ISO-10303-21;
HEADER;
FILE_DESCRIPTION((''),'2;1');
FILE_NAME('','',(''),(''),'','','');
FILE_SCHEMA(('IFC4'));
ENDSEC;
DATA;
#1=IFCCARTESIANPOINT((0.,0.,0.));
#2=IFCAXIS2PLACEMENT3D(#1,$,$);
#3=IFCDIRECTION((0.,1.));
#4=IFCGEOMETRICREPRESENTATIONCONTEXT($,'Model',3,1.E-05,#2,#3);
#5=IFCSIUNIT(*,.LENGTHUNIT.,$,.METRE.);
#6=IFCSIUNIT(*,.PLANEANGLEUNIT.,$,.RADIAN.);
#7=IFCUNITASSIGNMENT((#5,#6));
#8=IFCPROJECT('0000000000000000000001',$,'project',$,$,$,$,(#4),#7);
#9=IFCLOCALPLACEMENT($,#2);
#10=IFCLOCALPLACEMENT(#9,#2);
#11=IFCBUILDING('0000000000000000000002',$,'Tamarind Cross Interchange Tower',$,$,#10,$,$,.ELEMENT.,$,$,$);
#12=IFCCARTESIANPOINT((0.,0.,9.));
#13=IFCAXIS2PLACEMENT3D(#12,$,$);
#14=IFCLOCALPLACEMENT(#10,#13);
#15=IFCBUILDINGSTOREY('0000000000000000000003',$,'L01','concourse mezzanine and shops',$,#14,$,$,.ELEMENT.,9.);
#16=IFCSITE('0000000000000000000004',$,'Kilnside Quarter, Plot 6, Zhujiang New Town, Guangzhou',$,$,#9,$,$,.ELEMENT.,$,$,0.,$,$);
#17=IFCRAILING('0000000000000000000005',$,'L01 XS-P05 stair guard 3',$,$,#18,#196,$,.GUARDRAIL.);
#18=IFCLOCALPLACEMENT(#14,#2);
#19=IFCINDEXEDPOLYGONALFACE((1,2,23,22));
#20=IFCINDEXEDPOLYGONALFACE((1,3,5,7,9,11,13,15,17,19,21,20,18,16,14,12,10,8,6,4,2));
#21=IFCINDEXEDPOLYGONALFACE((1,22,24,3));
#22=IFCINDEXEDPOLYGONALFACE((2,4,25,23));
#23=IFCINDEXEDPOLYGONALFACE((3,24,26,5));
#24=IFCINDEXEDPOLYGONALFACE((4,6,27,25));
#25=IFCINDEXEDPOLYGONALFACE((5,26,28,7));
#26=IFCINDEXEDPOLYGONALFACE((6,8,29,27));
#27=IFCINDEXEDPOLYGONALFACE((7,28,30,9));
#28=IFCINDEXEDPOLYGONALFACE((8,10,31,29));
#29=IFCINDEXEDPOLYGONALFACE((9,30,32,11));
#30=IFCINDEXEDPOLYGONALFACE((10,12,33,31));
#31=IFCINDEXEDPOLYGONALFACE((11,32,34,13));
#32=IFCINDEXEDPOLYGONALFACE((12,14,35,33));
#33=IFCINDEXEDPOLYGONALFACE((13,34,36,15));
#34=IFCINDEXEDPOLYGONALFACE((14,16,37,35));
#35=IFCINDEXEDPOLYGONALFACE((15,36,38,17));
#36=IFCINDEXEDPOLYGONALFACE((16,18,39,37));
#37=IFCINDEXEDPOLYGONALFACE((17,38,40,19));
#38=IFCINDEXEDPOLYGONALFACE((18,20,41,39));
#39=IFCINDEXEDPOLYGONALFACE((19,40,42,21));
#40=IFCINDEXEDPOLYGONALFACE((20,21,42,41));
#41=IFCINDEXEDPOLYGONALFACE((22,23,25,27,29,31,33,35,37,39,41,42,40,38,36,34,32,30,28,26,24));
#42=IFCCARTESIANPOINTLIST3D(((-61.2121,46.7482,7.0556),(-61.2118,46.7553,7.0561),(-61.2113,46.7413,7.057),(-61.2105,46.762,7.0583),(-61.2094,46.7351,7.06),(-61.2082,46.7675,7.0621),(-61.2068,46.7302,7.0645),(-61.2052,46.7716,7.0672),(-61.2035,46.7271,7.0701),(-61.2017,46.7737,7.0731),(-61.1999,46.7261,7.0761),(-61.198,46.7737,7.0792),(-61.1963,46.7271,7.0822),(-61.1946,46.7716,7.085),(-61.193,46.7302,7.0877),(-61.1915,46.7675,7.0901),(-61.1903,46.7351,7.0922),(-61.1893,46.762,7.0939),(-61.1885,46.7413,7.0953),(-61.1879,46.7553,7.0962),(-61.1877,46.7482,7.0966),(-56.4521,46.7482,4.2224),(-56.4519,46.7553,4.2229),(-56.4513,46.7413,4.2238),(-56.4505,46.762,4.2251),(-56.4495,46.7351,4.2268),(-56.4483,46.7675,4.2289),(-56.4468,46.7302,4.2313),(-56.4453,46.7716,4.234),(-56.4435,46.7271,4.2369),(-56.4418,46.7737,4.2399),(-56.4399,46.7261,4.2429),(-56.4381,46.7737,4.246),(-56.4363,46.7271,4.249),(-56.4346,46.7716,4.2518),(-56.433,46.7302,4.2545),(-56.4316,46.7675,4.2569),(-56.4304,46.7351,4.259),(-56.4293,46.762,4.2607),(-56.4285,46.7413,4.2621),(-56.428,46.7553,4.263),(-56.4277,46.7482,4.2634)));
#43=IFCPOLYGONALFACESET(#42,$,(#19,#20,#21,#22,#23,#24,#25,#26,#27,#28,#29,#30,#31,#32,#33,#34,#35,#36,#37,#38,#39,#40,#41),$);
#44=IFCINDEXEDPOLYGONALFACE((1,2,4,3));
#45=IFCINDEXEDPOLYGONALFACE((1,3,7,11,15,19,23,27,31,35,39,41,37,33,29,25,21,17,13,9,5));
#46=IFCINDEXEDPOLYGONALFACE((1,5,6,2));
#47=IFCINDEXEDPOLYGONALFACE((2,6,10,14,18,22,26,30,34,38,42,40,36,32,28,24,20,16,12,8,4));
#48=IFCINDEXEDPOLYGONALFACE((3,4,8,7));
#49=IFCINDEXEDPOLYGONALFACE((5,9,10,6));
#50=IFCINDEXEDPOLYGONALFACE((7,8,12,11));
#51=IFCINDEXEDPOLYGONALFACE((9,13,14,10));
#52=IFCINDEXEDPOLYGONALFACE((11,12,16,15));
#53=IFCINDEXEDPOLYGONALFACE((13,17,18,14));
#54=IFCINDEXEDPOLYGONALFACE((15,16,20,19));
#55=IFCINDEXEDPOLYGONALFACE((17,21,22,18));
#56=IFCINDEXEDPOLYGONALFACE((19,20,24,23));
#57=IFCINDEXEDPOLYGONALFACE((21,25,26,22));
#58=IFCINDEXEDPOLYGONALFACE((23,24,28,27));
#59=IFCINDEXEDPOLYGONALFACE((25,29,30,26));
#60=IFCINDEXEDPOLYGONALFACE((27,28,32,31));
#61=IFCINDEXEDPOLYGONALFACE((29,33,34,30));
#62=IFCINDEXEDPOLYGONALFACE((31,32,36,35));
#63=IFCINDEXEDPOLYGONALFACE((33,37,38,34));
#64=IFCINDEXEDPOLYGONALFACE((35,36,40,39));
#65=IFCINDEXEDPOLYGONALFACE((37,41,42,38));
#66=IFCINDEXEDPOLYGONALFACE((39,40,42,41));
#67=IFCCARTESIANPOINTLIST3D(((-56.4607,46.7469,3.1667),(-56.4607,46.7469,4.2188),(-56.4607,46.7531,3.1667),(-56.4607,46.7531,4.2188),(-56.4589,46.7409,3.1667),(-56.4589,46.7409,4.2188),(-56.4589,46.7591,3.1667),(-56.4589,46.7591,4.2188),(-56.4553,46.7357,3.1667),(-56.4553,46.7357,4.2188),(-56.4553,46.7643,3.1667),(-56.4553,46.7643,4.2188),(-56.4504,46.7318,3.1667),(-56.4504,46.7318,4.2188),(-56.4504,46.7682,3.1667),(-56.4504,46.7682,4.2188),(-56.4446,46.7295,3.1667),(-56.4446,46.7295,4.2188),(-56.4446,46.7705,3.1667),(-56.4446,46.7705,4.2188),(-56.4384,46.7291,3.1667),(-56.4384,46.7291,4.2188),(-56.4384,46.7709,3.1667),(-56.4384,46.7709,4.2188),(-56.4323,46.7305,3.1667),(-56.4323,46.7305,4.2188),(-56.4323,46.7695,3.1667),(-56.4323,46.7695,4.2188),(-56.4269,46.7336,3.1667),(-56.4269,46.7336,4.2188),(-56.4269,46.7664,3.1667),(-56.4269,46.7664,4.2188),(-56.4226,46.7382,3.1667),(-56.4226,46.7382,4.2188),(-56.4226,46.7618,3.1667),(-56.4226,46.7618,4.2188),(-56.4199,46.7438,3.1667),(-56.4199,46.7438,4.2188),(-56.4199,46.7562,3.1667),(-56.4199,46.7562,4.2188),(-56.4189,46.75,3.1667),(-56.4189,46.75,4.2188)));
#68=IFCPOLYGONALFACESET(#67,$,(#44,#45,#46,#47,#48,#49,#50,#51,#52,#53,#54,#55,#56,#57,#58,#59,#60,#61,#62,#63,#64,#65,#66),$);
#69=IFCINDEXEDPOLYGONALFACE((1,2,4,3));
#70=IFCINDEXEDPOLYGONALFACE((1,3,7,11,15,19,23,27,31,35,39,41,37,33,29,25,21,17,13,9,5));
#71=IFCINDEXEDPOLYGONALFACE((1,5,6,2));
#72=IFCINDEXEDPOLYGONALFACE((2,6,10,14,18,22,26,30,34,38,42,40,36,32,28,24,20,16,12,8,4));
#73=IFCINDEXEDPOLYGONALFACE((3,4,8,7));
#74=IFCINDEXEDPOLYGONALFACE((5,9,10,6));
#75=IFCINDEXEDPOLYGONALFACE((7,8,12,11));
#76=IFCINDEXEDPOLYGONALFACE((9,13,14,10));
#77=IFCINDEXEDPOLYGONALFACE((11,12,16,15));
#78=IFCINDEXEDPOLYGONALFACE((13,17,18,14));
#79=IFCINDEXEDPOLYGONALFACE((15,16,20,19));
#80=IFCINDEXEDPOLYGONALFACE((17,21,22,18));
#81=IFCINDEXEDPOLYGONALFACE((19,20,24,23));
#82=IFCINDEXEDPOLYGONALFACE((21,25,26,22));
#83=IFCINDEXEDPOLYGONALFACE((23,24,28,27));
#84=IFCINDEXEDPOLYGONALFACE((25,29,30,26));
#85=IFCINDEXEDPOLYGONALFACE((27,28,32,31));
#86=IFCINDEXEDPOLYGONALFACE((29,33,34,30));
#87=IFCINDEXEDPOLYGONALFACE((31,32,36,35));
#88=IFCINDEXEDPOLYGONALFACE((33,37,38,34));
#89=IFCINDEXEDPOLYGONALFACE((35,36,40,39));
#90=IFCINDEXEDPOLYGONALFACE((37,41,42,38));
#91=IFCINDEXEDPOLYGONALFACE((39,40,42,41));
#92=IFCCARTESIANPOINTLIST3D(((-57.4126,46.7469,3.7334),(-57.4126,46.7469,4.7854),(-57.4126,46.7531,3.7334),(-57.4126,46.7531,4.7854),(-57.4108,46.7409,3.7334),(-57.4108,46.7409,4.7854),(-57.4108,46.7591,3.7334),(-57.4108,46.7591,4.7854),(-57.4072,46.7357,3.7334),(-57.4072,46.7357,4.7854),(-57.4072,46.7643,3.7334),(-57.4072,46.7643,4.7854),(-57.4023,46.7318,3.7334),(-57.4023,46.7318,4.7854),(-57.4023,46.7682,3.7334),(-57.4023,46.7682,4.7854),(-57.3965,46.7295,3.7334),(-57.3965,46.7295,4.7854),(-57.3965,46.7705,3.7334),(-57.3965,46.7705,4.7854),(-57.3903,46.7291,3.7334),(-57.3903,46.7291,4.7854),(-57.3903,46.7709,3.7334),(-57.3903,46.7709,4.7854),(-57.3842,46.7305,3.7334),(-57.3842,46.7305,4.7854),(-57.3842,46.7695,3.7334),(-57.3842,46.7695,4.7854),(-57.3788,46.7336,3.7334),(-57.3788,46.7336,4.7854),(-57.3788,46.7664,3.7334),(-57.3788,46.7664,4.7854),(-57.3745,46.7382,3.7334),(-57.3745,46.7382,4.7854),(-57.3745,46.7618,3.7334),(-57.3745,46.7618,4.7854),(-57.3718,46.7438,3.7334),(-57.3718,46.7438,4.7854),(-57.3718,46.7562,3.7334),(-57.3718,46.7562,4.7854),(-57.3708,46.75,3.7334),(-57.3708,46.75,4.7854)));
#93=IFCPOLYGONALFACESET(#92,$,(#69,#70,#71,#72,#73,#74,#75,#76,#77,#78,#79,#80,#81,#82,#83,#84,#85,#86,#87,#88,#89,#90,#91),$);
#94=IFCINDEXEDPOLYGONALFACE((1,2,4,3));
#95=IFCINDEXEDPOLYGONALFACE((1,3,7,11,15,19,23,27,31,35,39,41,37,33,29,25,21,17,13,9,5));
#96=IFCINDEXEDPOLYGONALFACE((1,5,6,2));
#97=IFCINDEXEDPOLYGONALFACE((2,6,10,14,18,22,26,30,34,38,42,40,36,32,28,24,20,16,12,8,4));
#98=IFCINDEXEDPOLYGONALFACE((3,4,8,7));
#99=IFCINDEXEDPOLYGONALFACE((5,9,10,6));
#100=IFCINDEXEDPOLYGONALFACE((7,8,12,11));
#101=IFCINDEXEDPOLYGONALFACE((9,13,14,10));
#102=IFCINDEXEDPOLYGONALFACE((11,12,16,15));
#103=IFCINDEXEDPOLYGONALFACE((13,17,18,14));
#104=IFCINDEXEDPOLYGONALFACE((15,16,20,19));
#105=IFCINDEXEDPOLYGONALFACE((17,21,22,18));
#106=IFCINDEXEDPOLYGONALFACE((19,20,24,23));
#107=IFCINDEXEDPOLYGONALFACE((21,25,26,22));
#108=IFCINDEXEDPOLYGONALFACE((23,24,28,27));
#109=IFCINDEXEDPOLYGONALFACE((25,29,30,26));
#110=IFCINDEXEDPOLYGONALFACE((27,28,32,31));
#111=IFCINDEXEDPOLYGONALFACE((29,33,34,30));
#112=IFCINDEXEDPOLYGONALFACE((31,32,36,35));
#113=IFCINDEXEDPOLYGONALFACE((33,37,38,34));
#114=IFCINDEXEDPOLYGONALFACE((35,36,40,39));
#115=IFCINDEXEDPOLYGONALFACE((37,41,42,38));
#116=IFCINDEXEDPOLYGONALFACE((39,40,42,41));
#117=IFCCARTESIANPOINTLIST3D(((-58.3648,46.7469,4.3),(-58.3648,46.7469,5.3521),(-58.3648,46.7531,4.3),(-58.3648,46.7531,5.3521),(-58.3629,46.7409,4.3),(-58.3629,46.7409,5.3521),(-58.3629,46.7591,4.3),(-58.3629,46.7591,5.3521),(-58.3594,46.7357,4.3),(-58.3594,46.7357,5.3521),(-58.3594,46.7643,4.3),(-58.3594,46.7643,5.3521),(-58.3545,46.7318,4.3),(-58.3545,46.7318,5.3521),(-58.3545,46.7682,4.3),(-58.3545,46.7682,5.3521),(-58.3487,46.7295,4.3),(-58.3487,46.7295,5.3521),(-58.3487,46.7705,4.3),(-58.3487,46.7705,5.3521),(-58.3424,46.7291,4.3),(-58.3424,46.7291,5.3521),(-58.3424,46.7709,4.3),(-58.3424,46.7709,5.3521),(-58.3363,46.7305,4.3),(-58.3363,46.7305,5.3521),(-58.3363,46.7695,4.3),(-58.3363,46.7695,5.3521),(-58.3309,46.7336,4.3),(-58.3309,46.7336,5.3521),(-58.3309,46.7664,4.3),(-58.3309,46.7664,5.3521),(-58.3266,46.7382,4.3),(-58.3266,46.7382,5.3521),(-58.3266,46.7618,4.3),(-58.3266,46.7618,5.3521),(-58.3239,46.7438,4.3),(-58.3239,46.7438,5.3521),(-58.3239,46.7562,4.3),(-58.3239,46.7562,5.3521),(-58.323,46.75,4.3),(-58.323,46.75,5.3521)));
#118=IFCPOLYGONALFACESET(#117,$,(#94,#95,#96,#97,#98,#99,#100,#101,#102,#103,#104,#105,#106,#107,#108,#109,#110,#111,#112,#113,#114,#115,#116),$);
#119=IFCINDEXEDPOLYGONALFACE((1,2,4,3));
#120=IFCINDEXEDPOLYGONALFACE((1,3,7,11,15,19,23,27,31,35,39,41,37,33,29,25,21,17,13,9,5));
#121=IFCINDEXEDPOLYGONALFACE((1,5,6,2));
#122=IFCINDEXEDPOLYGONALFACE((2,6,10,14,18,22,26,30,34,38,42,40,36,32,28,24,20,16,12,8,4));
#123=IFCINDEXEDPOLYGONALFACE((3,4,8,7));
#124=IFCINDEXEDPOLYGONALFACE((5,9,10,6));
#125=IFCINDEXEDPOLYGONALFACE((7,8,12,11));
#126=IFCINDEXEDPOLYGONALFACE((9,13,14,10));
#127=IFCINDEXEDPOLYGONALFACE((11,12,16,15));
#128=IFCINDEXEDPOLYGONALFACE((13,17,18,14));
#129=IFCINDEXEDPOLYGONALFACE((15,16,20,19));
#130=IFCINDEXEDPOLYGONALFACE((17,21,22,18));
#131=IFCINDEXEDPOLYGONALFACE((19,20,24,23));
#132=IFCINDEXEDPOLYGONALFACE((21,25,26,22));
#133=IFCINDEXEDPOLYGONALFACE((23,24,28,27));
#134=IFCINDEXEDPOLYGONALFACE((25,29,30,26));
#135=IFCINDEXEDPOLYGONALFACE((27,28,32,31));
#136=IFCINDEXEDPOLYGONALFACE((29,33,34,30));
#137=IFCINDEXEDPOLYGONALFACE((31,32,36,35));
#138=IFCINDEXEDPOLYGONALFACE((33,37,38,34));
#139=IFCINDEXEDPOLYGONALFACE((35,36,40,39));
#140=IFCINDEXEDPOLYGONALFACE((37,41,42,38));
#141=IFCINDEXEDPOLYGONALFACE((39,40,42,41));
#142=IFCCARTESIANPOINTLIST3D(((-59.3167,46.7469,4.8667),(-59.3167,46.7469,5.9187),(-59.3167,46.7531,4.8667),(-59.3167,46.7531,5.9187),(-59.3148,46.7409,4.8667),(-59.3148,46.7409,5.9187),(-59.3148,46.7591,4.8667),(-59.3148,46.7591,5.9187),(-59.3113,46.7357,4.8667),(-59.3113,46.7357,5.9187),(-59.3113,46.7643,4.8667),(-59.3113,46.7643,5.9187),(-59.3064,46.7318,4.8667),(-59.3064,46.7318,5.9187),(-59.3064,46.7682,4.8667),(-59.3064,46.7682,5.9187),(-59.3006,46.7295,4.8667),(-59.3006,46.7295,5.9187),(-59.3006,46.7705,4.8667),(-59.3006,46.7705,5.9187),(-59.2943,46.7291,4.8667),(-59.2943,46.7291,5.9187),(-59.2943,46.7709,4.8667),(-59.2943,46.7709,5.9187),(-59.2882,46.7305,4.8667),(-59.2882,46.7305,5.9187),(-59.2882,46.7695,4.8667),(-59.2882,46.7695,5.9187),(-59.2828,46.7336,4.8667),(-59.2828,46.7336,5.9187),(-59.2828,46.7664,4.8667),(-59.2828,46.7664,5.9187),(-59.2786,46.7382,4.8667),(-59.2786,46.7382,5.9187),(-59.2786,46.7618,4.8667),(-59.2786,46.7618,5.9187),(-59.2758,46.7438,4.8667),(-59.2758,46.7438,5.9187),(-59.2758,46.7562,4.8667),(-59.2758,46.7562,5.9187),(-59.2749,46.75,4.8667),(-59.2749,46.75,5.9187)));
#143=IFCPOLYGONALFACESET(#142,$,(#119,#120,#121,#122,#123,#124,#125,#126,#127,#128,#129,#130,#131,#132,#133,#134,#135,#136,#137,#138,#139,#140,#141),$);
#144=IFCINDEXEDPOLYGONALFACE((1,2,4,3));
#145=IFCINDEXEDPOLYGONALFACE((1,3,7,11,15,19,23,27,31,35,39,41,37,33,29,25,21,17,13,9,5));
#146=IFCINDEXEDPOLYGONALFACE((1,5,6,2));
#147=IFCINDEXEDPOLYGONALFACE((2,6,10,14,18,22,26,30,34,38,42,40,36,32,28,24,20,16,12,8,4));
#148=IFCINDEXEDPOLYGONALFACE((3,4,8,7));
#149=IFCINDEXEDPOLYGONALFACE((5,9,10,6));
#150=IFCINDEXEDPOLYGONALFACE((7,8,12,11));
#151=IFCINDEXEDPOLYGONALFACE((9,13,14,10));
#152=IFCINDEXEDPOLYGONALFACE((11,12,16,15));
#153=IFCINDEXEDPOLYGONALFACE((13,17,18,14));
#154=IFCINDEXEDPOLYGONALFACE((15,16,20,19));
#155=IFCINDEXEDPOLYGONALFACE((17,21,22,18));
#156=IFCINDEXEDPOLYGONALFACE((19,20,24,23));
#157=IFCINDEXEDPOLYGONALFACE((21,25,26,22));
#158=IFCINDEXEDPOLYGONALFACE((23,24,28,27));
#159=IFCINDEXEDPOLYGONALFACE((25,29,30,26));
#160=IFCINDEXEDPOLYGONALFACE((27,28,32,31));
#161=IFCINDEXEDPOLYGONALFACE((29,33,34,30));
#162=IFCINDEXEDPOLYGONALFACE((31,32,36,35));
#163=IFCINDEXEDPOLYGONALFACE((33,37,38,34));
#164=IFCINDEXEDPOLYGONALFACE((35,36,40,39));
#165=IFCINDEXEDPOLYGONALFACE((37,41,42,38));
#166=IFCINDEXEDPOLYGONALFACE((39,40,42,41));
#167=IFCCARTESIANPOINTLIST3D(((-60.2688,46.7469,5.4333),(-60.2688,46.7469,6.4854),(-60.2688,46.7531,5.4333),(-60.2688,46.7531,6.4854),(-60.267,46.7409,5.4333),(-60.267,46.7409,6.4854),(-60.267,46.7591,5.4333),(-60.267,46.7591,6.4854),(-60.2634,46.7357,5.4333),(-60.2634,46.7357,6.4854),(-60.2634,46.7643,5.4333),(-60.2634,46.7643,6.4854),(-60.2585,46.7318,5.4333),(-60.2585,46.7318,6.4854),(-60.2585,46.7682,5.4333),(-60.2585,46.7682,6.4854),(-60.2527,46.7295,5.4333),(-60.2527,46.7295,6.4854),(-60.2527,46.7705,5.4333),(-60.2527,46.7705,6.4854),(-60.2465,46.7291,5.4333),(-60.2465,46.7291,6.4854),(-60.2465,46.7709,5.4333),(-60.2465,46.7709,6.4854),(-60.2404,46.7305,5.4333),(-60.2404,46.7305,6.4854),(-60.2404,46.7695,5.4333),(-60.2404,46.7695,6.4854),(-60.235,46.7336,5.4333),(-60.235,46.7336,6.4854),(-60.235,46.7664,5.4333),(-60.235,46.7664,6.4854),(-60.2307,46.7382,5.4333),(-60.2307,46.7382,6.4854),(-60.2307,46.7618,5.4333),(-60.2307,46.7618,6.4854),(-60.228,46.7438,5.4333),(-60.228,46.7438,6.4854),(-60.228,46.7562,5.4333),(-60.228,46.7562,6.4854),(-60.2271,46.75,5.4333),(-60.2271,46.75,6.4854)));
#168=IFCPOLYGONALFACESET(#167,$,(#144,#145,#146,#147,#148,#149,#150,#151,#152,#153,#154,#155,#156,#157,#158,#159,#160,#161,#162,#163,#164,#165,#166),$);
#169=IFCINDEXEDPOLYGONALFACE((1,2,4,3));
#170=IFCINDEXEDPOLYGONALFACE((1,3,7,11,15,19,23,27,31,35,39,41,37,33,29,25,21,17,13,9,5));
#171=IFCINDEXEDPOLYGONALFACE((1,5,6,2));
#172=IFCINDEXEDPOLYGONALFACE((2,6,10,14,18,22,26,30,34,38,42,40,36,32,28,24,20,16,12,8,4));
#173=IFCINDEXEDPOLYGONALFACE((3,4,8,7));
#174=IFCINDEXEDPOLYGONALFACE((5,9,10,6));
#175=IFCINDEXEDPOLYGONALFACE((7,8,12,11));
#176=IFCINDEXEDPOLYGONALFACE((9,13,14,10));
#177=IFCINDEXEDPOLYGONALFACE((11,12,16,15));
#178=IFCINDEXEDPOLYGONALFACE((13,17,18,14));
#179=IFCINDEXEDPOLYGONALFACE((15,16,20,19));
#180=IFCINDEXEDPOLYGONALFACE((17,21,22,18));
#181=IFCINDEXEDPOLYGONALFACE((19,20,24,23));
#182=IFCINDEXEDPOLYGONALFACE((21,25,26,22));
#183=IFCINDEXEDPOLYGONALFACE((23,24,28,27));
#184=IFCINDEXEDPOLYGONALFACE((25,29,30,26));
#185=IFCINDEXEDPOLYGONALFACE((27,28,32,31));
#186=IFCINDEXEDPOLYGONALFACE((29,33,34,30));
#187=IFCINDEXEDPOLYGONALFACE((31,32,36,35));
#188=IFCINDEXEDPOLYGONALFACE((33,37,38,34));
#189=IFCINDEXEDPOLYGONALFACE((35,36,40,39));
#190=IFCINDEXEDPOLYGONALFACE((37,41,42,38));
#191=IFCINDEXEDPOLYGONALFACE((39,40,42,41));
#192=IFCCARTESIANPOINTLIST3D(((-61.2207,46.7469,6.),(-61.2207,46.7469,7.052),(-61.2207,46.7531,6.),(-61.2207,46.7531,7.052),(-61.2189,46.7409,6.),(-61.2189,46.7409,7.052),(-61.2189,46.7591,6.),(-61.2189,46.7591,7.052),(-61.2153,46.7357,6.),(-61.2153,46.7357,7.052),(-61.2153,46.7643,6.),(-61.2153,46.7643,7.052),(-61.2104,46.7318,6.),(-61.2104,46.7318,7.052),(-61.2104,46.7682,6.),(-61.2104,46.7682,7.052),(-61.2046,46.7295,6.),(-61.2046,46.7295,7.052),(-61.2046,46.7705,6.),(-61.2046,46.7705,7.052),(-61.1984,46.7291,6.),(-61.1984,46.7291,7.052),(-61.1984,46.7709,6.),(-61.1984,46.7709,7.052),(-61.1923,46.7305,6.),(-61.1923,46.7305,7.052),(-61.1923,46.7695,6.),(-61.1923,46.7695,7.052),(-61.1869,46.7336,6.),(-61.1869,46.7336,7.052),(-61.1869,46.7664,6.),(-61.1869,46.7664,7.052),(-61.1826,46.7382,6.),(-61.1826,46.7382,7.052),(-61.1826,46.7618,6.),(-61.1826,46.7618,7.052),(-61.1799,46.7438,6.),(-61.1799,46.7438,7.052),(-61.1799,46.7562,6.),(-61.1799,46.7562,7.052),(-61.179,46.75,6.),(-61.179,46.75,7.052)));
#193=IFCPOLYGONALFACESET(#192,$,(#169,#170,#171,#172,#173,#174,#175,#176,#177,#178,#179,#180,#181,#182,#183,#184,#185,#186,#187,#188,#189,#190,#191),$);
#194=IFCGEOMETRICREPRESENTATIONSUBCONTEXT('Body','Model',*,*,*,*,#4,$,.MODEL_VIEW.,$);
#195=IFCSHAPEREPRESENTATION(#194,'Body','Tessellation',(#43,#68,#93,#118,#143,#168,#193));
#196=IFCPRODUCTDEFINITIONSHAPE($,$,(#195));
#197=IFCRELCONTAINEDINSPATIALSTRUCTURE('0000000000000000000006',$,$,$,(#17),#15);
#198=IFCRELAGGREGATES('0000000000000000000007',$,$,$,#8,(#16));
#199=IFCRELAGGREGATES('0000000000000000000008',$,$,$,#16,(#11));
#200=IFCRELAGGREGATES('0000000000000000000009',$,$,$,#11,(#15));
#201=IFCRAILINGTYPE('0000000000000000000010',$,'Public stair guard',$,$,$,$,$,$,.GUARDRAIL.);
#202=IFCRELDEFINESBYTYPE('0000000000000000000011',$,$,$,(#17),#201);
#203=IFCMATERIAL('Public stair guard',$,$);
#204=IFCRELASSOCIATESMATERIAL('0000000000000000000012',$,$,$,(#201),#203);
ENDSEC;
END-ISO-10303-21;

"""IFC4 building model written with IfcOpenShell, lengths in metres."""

from ifc_helpers import new_model, si_unit, direction, frame, origin, origin_2d, place, context, subcontext, project, spatial, circle, extrude, material, type_object, element, save


model = new_model("IFC4")

# Units and contexts
model_context = context("Model", 3, precision=1e-05, world=origin(), true_north=direction((0.0, 1.0)))
body_context = subcontext(model_context, "Body", "Model", "MODEL_VIEW")
ifc_project = project(units=[si_unit("LENGTHUNIT", "METRE"), si_unit("PLANEANGLEUNIT", "RADIAN")], contexts=[model_context])

# Site, building, storey
site_placement = place(None, origin())
site = spatial("IfcSite", under=ifc_project, at=site_placement, Name="Kilnside Quarter, Plot 6, Zhujiang New Town, Guangzhou", CompositionType="ELEMENT", RefElevation=0.0)
building_placement = place(site_placement, origin())
building = spatial("IfcBuilding", under=site, at=building_placement, Name="Tamarind Cross Interchange Tower", CompositionType="ELEMENT")
storey_placement = place(building_placement, frame((0.0, 0.0, 9.0)))
storey = spatial("IfcBuildingStorey", under=building, at=storey_placement, Name="L01", Description="concourse mezzanine and shops", CompositionType="ELEMENT", Elevation=9.0)

# Railing
ifc_material_1 = material(Name="Public stair guard")
railing_type_1 = type_object("IfcRailingType", Name="Public stair guard", PredefinedType="GUARDRAIL", material=ifc_material_1)
railing_1_placement = place(storey_placement, frame((-56.4399, 46.75, 3.1667)))
element("IfcRailing", 1, at=railing_1_placement, inside=storey, type_object=railing_type_1, Name="L01 XS-P05 stair guard 3", PredefinedType="GUARDRAIL", context=body_context, shape_type="SweptSolid", body=[
    extrude(circle(Radius=0.0239, at=origin_2d()), frame((0.0, 0.0, 1.0762), z_axis=(-0.8593, 0.0, 0.511472), x_axis=(0.0, -1.0, 0.0)), (0.0, 0.0, 1.0), 5.5393),
    extrude(circle(Radius=0.021, at=origin_2d()), origin(), (0.0, 0.0, 1.0), 1.052),
    extrude(circle(Radius=0.021, at=origin_2d()), frame((-0.9519, 0.0, 0.5667)), (0.0, 0.0, 1.0), 1.052),
    extrude(circle(Radius=0.021, at=origin_2d()), frame((-1.9041, 0.0, 1.1333)), (0.0, 0.0, 1.0), 1.052),
    extrude(circle(Radius=0.021, at=origin_2d()), frame((-2.856, 0.0, 1.7)), (0.0, 0.0, 1.0), 1.052),
    extrude(circle(Radius=0.021, at=origin_2d()), frame((-3.8081, 0.0, 2.2666)), (0.0, 0.0, 1.0), 1.052),
    extrude(circle(Radius=0.021, at=origin_2d()), frame((-4.76, 0.0, 2.8333)), (0.0, 0.0, 1.0), 1.052),
])

save(model, "model.ifc")
